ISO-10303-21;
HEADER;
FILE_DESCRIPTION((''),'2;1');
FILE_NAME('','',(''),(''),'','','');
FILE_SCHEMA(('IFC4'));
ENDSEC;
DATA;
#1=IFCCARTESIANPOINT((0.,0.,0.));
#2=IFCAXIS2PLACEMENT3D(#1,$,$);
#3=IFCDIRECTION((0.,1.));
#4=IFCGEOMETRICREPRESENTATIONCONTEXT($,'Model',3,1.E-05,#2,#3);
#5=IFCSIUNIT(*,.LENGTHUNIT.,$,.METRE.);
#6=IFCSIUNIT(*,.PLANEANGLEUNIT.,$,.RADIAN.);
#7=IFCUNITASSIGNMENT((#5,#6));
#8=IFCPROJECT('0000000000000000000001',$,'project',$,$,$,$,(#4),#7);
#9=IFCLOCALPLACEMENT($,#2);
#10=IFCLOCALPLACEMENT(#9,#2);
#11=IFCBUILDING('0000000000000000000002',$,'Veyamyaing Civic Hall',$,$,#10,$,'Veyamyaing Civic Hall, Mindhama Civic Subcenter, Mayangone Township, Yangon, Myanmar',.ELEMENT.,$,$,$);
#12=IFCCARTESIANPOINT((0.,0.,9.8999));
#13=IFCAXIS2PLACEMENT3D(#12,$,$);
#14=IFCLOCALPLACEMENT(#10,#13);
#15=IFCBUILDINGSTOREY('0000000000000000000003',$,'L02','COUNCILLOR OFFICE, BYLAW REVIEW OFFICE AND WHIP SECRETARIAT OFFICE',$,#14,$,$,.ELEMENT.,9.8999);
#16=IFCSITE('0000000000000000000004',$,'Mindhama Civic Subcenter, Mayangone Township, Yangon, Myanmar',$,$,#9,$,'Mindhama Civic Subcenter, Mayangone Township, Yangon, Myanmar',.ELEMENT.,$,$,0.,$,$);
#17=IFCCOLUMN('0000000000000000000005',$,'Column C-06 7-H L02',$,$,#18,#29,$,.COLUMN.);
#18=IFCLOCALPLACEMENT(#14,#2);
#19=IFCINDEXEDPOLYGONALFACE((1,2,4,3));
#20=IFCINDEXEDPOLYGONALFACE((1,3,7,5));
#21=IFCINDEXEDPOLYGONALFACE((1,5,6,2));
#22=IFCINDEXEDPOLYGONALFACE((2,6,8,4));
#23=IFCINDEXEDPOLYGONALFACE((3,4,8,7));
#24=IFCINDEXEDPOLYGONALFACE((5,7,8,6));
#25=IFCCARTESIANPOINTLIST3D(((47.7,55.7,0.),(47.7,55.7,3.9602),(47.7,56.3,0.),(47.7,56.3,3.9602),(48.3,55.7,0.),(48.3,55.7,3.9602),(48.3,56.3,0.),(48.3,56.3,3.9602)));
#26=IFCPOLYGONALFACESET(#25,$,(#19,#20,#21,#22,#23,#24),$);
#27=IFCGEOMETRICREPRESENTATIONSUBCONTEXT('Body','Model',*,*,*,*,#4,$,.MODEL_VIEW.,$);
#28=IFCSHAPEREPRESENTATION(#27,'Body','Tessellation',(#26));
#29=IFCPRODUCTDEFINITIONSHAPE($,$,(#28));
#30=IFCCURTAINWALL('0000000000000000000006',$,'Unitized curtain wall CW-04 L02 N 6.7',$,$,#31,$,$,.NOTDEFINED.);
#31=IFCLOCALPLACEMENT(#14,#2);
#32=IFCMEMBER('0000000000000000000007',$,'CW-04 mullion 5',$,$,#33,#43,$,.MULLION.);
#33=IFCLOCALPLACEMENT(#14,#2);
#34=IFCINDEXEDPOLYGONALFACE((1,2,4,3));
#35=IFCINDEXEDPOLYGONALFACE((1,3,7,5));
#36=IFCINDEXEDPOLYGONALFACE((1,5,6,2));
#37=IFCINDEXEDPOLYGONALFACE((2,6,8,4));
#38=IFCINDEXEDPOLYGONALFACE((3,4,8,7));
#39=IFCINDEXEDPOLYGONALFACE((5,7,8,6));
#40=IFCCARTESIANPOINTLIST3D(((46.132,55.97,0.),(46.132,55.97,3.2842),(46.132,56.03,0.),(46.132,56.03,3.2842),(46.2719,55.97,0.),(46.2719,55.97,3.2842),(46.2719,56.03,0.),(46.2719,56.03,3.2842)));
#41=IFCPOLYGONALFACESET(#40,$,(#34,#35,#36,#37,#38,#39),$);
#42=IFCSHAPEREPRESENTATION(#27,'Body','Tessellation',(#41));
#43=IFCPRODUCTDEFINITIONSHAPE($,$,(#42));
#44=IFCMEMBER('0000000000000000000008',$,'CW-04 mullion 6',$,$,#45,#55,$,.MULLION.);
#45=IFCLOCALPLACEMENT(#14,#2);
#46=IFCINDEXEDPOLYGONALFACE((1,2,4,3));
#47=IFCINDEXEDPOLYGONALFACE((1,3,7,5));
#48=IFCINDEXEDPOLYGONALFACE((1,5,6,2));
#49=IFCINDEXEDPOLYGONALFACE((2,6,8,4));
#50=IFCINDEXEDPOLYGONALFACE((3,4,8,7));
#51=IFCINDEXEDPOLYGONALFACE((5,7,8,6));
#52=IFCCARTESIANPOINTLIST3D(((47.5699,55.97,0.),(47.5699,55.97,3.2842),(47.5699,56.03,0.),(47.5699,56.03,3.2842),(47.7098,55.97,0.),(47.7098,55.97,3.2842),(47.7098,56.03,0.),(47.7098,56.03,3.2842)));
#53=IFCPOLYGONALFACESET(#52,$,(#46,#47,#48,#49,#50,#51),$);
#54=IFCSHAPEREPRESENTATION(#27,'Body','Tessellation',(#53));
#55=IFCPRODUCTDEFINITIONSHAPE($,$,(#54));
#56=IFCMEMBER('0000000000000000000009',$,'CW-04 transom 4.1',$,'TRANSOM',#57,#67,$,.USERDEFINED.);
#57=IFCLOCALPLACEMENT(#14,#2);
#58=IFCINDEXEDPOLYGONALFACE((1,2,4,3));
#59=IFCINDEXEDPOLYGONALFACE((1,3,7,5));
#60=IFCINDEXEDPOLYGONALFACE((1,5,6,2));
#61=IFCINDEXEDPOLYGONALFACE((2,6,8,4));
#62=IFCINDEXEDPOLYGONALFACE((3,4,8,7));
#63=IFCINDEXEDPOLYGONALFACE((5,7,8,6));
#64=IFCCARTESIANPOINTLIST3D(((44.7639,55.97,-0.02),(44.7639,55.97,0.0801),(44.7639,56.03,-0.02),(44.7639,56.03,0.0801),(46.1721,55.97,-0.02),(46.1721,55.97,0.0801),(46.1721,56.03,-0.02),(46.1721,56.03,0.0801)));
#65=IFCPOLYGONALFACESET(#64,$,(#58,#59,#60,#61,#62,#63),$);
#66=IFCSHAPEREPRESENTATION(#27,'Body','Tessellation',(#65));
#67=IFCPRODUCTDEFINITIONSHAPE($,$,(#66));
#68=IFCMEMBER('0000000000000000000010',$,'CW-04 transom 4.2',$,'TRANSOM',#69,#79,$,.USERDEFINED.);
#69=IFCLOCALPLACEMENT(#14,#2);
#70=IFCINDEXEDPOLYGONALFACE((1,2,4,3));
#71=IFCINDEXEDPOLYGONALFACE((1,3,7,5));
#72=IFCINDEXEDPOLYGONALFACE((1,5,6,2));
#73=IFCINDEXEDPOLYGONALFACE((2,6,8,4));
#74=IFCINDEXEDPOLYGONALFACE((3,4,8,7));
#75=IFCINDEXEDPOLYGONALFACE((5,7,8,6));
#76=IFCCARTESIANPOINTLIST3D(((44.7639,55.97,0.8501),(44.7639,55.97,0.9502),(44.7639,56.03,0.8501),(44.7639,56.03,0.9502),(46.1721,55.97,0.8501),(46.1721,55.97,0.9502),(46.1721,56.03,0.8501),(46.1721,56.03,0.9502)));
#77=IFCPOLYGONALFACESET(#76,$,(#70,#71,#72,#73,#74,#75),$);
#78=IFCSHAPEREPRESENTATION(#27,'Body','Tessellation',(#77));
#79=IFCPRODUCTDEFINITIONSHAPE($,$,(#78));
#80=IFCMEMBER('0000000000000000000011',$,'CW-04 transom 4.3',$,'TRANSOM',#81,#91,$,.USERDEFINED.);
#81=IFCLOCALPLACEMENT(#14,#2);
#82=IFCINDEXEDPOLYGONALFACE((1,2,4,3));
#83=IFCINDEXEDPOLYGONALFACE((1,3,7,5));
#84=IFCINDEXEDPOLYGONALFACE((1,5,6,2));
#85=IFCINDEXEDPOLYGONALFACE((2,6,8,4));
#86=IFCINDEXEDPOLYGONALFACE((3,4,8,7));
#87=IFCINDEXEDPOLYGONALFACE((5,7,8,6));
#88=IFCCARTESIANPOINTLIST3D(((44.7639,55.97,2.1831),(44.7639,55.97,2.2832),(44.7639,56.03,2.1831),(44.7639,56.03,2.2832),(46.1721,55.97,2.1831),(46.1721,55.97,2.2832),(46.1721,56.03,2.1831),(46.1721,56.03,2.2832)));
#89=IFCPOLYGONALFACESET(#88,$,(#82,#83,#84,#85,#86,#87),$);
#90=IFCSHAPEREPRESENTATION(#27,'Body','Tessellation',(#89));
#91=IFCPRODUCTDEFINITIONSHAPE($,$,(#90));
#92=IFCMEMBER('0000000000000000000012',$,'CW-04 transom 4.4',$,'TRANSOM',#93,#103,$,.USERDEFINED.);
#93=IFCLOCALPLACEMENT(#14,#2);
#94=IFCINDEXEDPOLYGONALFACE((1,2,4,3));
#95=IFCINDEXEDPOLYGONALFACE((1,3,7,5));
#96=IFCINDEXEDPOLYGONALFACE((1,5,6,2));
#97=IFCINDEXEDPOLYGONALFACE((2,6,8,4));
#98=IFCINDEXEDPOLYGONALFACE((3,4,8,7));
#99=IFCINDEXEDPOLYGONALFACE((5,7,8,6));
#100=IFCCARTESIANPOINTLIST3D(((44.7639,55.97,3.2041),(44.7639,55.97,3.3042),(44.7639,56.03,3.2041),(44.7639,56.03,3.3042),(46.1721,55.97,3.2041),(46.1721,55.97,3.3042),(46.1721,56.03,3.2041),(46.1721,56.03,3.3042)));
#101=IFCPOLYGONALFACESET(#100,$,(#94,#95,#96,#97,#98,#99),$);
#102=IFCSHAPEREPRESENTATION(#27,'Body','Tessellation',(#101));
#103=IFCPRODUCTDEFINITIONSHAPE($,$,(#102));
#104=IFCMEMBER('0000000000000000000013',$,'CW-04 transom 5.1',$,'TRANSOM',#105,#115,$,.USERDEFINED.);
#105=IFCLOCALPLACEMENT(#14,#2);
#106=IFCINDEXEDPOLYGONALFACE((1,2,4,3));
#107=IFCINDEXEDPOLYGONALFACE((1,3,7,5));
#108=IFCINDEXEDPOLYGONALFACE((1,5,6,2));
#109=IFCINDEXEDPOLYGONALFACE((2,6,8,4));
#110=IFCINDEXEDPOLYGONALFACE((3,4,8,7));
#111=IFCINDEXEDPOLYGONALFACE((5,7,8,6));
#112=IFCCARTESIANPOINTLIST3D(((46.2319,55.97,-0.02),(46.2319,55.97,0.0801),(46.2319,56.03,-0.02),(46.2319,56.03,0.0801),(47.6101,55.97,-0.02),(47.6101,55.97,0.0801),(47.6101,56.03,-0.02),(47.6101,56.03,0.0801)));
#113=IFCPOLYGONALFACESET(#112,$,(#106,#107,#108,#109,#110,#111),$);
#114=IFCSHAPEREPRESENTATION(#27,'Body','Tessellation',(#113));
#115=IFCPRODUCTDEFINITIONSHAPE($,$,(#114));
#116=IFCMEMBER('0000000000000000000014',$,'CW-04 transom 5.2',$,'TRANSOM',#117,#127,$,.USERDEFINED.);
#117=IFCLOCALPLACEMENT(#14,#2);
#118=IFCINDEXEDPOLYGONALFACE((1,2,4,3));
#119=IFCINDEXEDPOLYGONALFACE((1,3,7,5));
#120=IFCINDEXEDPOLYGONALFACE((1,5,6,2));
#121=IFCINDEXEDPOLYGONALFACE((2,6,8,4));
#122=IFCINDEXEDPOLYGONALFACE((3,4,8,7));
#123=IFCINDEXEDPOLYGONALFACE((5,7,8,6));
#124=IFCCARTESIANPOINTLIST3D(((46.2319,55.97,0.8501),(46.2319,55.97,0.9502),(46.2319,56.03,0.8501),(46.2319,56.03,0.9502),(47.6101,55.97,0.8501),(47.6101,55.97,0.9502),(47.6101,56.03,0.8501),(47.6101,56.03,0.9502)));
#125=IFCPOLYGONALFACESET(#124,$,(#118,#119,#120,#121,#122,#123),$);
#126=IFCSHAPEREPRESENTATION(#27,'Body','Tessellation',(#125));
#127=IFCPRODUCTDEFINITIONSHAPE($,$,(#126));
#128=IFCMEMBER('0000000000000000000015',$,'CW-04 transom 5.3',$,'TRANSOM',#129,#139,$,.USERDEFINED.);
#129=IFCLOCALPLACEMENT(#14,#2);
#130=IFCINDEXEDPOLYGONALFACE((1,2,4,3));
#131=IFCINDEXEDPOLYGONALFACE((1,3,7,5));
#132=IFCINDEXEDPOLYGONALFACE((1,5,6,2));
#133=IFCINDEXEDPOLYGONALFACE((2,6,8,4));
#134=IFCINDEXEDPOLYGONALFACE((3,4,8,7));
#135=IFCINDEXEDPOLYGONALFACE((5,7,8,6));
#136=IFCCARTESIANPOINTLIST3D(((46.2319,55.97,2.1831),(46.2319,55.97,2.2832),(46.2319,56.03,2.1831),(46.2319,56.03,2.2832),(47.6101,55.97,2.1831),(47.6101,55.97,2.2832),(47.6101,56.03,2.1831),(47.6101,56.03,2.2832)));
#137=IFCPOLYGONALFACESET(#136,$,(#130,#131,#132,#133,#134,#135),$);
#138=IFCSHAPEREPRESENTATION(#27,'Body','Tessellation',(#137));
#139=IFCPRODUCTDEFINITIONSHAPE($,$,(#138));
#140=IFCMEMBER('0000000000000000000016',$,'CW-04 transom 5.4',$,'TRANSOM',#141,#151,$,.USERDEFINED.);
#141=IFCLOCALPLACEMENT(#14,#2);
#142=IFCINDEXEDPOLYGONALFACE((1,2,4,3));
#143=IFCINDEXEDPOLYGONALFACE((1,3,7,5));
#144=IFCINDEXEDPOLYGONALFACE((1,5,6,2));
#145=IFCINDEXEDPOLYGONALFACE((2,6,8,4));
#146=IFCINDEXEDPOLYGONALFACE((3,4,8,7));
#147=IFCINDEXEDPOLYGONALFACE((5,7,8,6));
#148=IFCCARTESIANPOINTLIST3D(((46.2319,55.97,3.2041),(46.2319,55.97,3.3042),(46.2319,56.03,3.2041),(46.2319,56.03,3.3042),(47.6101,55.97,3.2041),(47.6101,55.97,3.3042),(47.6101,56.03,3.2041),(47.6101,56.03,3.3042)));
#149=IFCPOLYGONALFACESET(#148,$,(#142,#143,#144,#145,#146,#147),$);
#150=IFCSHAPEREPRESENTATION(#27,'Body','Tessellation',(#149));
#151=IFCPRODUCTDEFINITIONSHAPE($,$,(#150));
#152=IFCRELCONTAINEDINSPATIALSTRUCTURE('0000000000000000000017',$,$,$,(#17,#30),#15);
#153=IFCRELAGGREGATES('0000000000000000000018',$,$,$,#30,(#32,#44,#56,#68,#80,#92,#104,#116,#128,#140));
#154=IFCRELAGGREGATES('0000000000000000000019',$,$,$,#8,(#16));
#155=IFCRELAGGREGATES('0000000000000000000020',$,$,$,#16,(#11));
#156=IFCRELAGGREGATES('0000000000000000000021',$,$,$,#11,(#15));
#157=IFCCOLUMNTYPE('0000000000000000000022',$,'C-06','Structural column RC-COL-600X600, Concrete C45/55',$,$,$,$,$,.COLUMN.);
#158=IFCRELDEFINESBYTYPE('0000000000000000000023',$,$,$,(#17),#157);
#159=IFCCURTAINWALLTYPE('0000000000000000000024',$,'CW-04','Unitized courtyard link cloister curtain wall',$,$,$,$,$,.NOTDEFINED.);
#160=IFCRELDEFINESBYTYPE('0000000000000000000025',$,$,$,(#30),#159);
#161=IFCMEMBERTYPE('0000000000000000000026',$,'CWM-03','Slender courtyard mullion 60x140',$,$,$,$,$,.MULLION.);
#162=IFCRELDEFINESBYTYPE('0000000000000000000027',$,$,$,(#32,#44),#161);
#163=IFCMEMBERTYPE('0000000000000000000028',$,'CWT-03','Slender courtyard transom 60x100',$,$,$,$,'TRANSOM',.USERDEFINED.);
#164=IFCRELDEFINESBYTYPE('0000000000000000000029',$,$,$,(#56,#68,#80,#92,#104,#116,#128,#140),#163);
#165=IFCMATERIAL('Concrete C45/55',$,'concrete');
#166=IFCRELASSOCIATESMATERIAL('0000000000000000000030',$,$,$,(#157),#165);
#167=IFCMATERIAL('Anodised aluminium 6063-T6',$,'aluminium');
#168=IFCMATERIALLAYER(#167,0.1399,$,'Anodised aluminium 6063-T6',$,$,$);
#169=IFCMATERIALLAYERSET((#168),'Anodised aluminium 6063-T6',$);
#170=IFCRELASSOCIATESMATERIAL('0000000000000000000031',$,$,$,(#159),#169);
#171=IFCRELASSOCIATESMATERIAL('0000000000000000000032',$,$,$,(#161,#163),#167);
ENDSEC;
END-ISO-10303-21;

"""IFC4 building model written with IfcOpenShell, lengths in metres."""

from ifc_helpers import new_model, si_unit, direction, frame, origin, origin_2d, place, context, subcontext, project, spatial, rectangle, extrude, material, layer, layer_set, material_profile, profile_set, type_object, element, aggregate, save


model = new_model("IFC4")

# Units and contexts
model_context = context("Model", 3, precision=1e-05, world=origin(), true_north=direction((0.0, 1.0)))
body_context = subcontext(model_context, "Body", "Model", "MODEL_VIEW")
ifc_project = project(units=[si_unit("LENGTHUNIT", "METRE"), si_unit("PLANEANGLEUNIT", "RADIAN")], contexts=[model_context])

# Site, building, storey
site_placement = place(None, origin())
site = spatial("IfcSite", under=ifc_project, at=site_placement, Name="Mindhama Civic Subcenter, Mayangone Township, Yangon, Myanmar", LongName="Mindhama Civic Subcenter, Mayangone Township, Yangon, Myanmar", CompositionType="ELEMENT", RefElevation=0.0)
building_placement = place(site_placement, origin())
building = spatial("IfcBuilding", under=site, at=building_placement, Name="Veyamyaing Civic Hall", LongName="Veyamyaing Civic Hall, Mindhama Civic Subcenter, Mayangone Township, Yangon, Myanmar", CompositionType="ELEMENT")
storey_placement = place(building_placement, frame((0.0, 0.0, 9.8999)))
storey = spatial("IfcBuildingStorey", under=building, at=storey_placement, Name="L02", Description="COUNCILLOR OFFICE, BYLAW REVIEW OFFICE AND WHIP SECRETARIAT OFFICE", CompositionType="ELEMENT", Elevation=9.8999)

# Column
ifc_material_1 = material(Name="Concrete C45/55", Category="concrete")
ifc_material_profile_1 = material_profile(ifc_material_1, rectangle(XDim=0.6001, YDim=0.6001, at=origin_2d()), Name="RC-COL-600X600")
ifc_profile_set_1 = profile_set([ifc_material_profile_1], Name="Concrete C45/55")
column_type = type_object("IfcColumnType", Name="C-06", Description="Structural column RC-COL-600X600, Concrete C45/55", PredefinedType="COLUMN", material=ifc_profile_set_1)
column_placement = place(storey_placement, frame((48.0, 56.0, 0.0), z_axis=(0.0, 0.0, 1.0), x_axis=(1.0, 0.0, 0.0)))
element("IfcColumn", 1, at=column_placement, inside=storey, type_object=column_type, Name="Column C-06 7-H L02", PredefinedType="COLUMN", context=body_context, shape_type="SweptSolid", body=[
    extrude(rectangle(XDim=0.6001, YDim=0.6001, at=origin_2d()), origin(), (0.0, 0.0, 1.0), 3.9602),
])

# Curtain wall, members
ifc_material_2 = material(Name="Anodised aluminium 6063-T6", Category="aluminium")
ifc_layer_1 = layer(ifc_material_2, 0.1399, Name="Anodised aluminium 6063-T6")
ifc_layer_set_1 = layer_set([ifc_layer_1], Name="Anodised aluminium 6063-T6")
curtain_wall_type = type_object("IfcCurtainWallType", Name="CW-04", Description="Unitized courtyard link cloister curtain wall", PredefinedType="NOTDEFINED", material=ifc_layer_set_1)
curtain_wall_placement = place(storey_placement, origin())
curtain_wall = element("IfcCurtainWall", 2, at=curtain_wall_placement, inside=storey, type_object=curtain_wall_type, Name="Unitized curtain wall CW-04 L02 N 6.7", PredefinedType="NOTDEFINED")
ifc_material_profile_2 = material_profile(ifc_material_2, rectangle(XDim=0.0601, YDim=0.1399, at=origin_2d()), Name="ALU-MUL-60X140")
ifc_profile_set_2 = profile_set([ifc_material_profile_2], Name="Anodised aluminium 6063-T6")
member_type_1 = type_object("IfcMemberType", Name="CWM-03", Description="Slender courtyard mullion 60x140", PredefinedType="MULLION", material=ifc_profile_set_2)
member_1_placement = place(storey_placement, frame((46.2019, 56.0, 0.0), z_axis=(0.0, 0.0, 1.0), x_axis=(0.0, 1.0, 0.0)))
member_1 = element("IfcMember", 3, at=member_1_placement, type_object=member_type_1, Name="CW-04 mullion 5", PredefinedType="MULLION", context=body_context, shape_type="SweptSolid", body=[
    extrude(rectangle(XDim=0.0601, YDim=0.1399, at=origin_2d()), origin(), (0.0, 0.0, 1.0), 3.2842),
])
member_2_placement = place(storey_placement, frame((47.6399, 56.0, 0.0), z_axis=(0.0, 0.0, 1.0), x_axis=(0.0, 1.0, 0.0)))
member_2 = element("IfcMember", 4, at=member_2_placement, type_object=member_type_1, Name="CW-04 mullion 6", PredefinedType="MULLION", context=body_context, shape_type="SweptSolid", body=[
    extrude(rectangle(XDim=0.0601, YDim=0.1399, at=origin_2d()), origin(), (0.0, 0.0, 1.0), 3.2842),
])
ifc_material_profile_3 = material_profile(ifc_material_2, rectangle(XDim=0.0601, YDim=0.1001, at=origin_2d()), Name="ALU-TRN-60X100")
ifc_profile_set_3 = profile_set([ifc_material_profile_3], Name="Anodised aluminium 6063-T6")
member_type_2 = type_object("IfcMemberType", Name="CWT-03", Description="Slender courtyard transom 60x100", ElementType="TRANSOM", PredefinedType="USERDEFINED", material=ifc_profile_set_3)
member_3_placement = place(storey_placement, frame((44.7639, 56.0, 0.03), z_axis=(1.0, 0.0, 0.0), x_axis=(0.0, 1.0, 0.0)))
member_3 = element("IfcMember", 5, at=member_3_placement, type_object=member_type_2, Name="CW-04 transom 4.1", ObjectType="TRANSOM", PredefinedType="USERDEFINED", context=body_context, shape_type="SweptSolid", body=[
    extrude(rectangle(XDim=0.0601, YDim=0.1001, at=origin_2d()), origin(), (0.0, 0.0, 1.0), 1.4082),
])
member_4_placement = place(storey_placement, frame((44.7639, 56.0, 0.9001), z_axis=(1.0, 0.0, 0.0), x_axis=(0.0, 1.0, 0.0)))
member_4 = element("IfcMember", 6, at=member_4_placement, type_object=member_type_2, Name="CW-04 transom 4.2", ObjectType="TRANSOM", PredefinedType="USERDEFINED", context=body_context, shape_type="SweptSolid", body=[
    extrude(rectangle(XDim=0.0601, YDim=0.1001, at=origin_2d()), origin(), (0.0, 0.0, 1.0), 1.4082),
])
member_5_placement = place(storey_placement, frame((44.7639, 56.0, 2.2332), z_axis=(1.0, 0.0, 0.0), x_axis=(0.0, 1.0, 0.0)))
member_5 = element("IfcMember", 7, at=member_5_placement, type_object=member_type_2, Name="CW-04 transom 4.3", ObjectType="TRANSOM", PredefinedType="USERDEFINED", context=body_context, shape_type="SweptSolid", body=[
    extrude(rectangle(XDim=0.0601, YDim=0.1001, at=origin_2d()), origin(), (0.0, 0.0, 1.0), 1.4082),
])
member_6_placement = place(storey_placement, frame((44.7639, 56.0, 3.2542), z_axis=(1.0, 0.0, 0.0), x_axis=(0.0, 1.0, 0.0)))
member_6 = element("IfcMember", 8, at=member_6_placement, type_object=member_type_2, Name="CW-04 transom 4.4", ObjectType="TRANSOM", PredefinedType="USERDEFINED", context=body_context, shape_type="SweptSolid", body=[
    extrude(rectangle(XDim=0.0601, YDim=0.1001, at=origin_2d()), origin(), (0.0, 0.0, 1.0), 1.4082),
])
member_7_placement = place(storey_placement, frame((46.2319, 56.0, 0.03), z_axis=(1.0, 0.0, 0.0), x_axis=(0.0, 1.0, 0.0)))
member_7 = element("IfcMember", 9, at=member_7_placement, type_object=member_type_2, Name="CW-04 transom 5.1", ObjectType="TRANSOM", PredefinedType="USERDEFINED", context=body_context, shape_type="SweptSolid", body=[
    extrude(rectangle(XDim=0.0601, YDim=0.1001, at=origin_2d()), origin(), (0.0, 0.0, 1.0), 1.3782),
])
member_8_placement = place(storey_placement, frame((46.2319, 56.0, 0.9001), z_axis=(1.0, 0.0, 0.0), x_axis=(0.0, 1.0, 0.0)))
member_8 = element("IfcMember", 10, at=member_8_placement, type_object=member_type_2, Name="CW-04 transom 5.2", ObjectType="TRANSOM", PredefinedType="USERDEFINED", context=body_context, shape_type="SweptSolid", body=[
    extrude(rectangle(XDim=0.0601, YDim=0.1001, at=origin_2d()), origin(), (0.0, 0.0, 1.0), 1.3782),
])
member_9_placement = place(storey_placement, frame((46.2319, 56.0, 2.2332), z_axis=(1.0, 0.0, 0.0), x_axis=(0.0, 1.0, 0.0)))
member_9 = element("IfcMember", 11, at=member_9_placement, type_object=member_type_2, Name="CW-04 transom 5.3", ObjectType="TRANSOM", PredefinedType="USERDEFINED", context=body_context, shape_type="SweptSolid", body=[
    extrude(rectangle(XDim=0.0601, YDim=0.1001, at=origin_2d()), origin(), (0.0, 0.0, 1.0), 1.3782),
])
member_10_placement = place(storey_placement, frame((46.2319, 56.0, 3.2542), z_axis=(1.0, 0.0, 0.0), x_axis=(0.0, 1.0, 0.0)))
member_10 = element("IfcMember", 12, at=member_10_placement, type_object=member_type_2, Name="CW-04 transom 5.4", ObjectType="TRANSOM", PredefinedType="USERDEFINED", context=body_context, shape_type="SweptSolid", body=[
    extrude(rectangle(XDim=0.0601, YDim=0.1001, at=origin_2d()), origin(), (0.0, 0.0, 1.0), 1.3782),
])

aggregate(curtain_wall, [member_1, member_2, member_3, member_4, member_5, member_6, member_7, member_8, member_9, member_10])

save(model, "model.ifc")
